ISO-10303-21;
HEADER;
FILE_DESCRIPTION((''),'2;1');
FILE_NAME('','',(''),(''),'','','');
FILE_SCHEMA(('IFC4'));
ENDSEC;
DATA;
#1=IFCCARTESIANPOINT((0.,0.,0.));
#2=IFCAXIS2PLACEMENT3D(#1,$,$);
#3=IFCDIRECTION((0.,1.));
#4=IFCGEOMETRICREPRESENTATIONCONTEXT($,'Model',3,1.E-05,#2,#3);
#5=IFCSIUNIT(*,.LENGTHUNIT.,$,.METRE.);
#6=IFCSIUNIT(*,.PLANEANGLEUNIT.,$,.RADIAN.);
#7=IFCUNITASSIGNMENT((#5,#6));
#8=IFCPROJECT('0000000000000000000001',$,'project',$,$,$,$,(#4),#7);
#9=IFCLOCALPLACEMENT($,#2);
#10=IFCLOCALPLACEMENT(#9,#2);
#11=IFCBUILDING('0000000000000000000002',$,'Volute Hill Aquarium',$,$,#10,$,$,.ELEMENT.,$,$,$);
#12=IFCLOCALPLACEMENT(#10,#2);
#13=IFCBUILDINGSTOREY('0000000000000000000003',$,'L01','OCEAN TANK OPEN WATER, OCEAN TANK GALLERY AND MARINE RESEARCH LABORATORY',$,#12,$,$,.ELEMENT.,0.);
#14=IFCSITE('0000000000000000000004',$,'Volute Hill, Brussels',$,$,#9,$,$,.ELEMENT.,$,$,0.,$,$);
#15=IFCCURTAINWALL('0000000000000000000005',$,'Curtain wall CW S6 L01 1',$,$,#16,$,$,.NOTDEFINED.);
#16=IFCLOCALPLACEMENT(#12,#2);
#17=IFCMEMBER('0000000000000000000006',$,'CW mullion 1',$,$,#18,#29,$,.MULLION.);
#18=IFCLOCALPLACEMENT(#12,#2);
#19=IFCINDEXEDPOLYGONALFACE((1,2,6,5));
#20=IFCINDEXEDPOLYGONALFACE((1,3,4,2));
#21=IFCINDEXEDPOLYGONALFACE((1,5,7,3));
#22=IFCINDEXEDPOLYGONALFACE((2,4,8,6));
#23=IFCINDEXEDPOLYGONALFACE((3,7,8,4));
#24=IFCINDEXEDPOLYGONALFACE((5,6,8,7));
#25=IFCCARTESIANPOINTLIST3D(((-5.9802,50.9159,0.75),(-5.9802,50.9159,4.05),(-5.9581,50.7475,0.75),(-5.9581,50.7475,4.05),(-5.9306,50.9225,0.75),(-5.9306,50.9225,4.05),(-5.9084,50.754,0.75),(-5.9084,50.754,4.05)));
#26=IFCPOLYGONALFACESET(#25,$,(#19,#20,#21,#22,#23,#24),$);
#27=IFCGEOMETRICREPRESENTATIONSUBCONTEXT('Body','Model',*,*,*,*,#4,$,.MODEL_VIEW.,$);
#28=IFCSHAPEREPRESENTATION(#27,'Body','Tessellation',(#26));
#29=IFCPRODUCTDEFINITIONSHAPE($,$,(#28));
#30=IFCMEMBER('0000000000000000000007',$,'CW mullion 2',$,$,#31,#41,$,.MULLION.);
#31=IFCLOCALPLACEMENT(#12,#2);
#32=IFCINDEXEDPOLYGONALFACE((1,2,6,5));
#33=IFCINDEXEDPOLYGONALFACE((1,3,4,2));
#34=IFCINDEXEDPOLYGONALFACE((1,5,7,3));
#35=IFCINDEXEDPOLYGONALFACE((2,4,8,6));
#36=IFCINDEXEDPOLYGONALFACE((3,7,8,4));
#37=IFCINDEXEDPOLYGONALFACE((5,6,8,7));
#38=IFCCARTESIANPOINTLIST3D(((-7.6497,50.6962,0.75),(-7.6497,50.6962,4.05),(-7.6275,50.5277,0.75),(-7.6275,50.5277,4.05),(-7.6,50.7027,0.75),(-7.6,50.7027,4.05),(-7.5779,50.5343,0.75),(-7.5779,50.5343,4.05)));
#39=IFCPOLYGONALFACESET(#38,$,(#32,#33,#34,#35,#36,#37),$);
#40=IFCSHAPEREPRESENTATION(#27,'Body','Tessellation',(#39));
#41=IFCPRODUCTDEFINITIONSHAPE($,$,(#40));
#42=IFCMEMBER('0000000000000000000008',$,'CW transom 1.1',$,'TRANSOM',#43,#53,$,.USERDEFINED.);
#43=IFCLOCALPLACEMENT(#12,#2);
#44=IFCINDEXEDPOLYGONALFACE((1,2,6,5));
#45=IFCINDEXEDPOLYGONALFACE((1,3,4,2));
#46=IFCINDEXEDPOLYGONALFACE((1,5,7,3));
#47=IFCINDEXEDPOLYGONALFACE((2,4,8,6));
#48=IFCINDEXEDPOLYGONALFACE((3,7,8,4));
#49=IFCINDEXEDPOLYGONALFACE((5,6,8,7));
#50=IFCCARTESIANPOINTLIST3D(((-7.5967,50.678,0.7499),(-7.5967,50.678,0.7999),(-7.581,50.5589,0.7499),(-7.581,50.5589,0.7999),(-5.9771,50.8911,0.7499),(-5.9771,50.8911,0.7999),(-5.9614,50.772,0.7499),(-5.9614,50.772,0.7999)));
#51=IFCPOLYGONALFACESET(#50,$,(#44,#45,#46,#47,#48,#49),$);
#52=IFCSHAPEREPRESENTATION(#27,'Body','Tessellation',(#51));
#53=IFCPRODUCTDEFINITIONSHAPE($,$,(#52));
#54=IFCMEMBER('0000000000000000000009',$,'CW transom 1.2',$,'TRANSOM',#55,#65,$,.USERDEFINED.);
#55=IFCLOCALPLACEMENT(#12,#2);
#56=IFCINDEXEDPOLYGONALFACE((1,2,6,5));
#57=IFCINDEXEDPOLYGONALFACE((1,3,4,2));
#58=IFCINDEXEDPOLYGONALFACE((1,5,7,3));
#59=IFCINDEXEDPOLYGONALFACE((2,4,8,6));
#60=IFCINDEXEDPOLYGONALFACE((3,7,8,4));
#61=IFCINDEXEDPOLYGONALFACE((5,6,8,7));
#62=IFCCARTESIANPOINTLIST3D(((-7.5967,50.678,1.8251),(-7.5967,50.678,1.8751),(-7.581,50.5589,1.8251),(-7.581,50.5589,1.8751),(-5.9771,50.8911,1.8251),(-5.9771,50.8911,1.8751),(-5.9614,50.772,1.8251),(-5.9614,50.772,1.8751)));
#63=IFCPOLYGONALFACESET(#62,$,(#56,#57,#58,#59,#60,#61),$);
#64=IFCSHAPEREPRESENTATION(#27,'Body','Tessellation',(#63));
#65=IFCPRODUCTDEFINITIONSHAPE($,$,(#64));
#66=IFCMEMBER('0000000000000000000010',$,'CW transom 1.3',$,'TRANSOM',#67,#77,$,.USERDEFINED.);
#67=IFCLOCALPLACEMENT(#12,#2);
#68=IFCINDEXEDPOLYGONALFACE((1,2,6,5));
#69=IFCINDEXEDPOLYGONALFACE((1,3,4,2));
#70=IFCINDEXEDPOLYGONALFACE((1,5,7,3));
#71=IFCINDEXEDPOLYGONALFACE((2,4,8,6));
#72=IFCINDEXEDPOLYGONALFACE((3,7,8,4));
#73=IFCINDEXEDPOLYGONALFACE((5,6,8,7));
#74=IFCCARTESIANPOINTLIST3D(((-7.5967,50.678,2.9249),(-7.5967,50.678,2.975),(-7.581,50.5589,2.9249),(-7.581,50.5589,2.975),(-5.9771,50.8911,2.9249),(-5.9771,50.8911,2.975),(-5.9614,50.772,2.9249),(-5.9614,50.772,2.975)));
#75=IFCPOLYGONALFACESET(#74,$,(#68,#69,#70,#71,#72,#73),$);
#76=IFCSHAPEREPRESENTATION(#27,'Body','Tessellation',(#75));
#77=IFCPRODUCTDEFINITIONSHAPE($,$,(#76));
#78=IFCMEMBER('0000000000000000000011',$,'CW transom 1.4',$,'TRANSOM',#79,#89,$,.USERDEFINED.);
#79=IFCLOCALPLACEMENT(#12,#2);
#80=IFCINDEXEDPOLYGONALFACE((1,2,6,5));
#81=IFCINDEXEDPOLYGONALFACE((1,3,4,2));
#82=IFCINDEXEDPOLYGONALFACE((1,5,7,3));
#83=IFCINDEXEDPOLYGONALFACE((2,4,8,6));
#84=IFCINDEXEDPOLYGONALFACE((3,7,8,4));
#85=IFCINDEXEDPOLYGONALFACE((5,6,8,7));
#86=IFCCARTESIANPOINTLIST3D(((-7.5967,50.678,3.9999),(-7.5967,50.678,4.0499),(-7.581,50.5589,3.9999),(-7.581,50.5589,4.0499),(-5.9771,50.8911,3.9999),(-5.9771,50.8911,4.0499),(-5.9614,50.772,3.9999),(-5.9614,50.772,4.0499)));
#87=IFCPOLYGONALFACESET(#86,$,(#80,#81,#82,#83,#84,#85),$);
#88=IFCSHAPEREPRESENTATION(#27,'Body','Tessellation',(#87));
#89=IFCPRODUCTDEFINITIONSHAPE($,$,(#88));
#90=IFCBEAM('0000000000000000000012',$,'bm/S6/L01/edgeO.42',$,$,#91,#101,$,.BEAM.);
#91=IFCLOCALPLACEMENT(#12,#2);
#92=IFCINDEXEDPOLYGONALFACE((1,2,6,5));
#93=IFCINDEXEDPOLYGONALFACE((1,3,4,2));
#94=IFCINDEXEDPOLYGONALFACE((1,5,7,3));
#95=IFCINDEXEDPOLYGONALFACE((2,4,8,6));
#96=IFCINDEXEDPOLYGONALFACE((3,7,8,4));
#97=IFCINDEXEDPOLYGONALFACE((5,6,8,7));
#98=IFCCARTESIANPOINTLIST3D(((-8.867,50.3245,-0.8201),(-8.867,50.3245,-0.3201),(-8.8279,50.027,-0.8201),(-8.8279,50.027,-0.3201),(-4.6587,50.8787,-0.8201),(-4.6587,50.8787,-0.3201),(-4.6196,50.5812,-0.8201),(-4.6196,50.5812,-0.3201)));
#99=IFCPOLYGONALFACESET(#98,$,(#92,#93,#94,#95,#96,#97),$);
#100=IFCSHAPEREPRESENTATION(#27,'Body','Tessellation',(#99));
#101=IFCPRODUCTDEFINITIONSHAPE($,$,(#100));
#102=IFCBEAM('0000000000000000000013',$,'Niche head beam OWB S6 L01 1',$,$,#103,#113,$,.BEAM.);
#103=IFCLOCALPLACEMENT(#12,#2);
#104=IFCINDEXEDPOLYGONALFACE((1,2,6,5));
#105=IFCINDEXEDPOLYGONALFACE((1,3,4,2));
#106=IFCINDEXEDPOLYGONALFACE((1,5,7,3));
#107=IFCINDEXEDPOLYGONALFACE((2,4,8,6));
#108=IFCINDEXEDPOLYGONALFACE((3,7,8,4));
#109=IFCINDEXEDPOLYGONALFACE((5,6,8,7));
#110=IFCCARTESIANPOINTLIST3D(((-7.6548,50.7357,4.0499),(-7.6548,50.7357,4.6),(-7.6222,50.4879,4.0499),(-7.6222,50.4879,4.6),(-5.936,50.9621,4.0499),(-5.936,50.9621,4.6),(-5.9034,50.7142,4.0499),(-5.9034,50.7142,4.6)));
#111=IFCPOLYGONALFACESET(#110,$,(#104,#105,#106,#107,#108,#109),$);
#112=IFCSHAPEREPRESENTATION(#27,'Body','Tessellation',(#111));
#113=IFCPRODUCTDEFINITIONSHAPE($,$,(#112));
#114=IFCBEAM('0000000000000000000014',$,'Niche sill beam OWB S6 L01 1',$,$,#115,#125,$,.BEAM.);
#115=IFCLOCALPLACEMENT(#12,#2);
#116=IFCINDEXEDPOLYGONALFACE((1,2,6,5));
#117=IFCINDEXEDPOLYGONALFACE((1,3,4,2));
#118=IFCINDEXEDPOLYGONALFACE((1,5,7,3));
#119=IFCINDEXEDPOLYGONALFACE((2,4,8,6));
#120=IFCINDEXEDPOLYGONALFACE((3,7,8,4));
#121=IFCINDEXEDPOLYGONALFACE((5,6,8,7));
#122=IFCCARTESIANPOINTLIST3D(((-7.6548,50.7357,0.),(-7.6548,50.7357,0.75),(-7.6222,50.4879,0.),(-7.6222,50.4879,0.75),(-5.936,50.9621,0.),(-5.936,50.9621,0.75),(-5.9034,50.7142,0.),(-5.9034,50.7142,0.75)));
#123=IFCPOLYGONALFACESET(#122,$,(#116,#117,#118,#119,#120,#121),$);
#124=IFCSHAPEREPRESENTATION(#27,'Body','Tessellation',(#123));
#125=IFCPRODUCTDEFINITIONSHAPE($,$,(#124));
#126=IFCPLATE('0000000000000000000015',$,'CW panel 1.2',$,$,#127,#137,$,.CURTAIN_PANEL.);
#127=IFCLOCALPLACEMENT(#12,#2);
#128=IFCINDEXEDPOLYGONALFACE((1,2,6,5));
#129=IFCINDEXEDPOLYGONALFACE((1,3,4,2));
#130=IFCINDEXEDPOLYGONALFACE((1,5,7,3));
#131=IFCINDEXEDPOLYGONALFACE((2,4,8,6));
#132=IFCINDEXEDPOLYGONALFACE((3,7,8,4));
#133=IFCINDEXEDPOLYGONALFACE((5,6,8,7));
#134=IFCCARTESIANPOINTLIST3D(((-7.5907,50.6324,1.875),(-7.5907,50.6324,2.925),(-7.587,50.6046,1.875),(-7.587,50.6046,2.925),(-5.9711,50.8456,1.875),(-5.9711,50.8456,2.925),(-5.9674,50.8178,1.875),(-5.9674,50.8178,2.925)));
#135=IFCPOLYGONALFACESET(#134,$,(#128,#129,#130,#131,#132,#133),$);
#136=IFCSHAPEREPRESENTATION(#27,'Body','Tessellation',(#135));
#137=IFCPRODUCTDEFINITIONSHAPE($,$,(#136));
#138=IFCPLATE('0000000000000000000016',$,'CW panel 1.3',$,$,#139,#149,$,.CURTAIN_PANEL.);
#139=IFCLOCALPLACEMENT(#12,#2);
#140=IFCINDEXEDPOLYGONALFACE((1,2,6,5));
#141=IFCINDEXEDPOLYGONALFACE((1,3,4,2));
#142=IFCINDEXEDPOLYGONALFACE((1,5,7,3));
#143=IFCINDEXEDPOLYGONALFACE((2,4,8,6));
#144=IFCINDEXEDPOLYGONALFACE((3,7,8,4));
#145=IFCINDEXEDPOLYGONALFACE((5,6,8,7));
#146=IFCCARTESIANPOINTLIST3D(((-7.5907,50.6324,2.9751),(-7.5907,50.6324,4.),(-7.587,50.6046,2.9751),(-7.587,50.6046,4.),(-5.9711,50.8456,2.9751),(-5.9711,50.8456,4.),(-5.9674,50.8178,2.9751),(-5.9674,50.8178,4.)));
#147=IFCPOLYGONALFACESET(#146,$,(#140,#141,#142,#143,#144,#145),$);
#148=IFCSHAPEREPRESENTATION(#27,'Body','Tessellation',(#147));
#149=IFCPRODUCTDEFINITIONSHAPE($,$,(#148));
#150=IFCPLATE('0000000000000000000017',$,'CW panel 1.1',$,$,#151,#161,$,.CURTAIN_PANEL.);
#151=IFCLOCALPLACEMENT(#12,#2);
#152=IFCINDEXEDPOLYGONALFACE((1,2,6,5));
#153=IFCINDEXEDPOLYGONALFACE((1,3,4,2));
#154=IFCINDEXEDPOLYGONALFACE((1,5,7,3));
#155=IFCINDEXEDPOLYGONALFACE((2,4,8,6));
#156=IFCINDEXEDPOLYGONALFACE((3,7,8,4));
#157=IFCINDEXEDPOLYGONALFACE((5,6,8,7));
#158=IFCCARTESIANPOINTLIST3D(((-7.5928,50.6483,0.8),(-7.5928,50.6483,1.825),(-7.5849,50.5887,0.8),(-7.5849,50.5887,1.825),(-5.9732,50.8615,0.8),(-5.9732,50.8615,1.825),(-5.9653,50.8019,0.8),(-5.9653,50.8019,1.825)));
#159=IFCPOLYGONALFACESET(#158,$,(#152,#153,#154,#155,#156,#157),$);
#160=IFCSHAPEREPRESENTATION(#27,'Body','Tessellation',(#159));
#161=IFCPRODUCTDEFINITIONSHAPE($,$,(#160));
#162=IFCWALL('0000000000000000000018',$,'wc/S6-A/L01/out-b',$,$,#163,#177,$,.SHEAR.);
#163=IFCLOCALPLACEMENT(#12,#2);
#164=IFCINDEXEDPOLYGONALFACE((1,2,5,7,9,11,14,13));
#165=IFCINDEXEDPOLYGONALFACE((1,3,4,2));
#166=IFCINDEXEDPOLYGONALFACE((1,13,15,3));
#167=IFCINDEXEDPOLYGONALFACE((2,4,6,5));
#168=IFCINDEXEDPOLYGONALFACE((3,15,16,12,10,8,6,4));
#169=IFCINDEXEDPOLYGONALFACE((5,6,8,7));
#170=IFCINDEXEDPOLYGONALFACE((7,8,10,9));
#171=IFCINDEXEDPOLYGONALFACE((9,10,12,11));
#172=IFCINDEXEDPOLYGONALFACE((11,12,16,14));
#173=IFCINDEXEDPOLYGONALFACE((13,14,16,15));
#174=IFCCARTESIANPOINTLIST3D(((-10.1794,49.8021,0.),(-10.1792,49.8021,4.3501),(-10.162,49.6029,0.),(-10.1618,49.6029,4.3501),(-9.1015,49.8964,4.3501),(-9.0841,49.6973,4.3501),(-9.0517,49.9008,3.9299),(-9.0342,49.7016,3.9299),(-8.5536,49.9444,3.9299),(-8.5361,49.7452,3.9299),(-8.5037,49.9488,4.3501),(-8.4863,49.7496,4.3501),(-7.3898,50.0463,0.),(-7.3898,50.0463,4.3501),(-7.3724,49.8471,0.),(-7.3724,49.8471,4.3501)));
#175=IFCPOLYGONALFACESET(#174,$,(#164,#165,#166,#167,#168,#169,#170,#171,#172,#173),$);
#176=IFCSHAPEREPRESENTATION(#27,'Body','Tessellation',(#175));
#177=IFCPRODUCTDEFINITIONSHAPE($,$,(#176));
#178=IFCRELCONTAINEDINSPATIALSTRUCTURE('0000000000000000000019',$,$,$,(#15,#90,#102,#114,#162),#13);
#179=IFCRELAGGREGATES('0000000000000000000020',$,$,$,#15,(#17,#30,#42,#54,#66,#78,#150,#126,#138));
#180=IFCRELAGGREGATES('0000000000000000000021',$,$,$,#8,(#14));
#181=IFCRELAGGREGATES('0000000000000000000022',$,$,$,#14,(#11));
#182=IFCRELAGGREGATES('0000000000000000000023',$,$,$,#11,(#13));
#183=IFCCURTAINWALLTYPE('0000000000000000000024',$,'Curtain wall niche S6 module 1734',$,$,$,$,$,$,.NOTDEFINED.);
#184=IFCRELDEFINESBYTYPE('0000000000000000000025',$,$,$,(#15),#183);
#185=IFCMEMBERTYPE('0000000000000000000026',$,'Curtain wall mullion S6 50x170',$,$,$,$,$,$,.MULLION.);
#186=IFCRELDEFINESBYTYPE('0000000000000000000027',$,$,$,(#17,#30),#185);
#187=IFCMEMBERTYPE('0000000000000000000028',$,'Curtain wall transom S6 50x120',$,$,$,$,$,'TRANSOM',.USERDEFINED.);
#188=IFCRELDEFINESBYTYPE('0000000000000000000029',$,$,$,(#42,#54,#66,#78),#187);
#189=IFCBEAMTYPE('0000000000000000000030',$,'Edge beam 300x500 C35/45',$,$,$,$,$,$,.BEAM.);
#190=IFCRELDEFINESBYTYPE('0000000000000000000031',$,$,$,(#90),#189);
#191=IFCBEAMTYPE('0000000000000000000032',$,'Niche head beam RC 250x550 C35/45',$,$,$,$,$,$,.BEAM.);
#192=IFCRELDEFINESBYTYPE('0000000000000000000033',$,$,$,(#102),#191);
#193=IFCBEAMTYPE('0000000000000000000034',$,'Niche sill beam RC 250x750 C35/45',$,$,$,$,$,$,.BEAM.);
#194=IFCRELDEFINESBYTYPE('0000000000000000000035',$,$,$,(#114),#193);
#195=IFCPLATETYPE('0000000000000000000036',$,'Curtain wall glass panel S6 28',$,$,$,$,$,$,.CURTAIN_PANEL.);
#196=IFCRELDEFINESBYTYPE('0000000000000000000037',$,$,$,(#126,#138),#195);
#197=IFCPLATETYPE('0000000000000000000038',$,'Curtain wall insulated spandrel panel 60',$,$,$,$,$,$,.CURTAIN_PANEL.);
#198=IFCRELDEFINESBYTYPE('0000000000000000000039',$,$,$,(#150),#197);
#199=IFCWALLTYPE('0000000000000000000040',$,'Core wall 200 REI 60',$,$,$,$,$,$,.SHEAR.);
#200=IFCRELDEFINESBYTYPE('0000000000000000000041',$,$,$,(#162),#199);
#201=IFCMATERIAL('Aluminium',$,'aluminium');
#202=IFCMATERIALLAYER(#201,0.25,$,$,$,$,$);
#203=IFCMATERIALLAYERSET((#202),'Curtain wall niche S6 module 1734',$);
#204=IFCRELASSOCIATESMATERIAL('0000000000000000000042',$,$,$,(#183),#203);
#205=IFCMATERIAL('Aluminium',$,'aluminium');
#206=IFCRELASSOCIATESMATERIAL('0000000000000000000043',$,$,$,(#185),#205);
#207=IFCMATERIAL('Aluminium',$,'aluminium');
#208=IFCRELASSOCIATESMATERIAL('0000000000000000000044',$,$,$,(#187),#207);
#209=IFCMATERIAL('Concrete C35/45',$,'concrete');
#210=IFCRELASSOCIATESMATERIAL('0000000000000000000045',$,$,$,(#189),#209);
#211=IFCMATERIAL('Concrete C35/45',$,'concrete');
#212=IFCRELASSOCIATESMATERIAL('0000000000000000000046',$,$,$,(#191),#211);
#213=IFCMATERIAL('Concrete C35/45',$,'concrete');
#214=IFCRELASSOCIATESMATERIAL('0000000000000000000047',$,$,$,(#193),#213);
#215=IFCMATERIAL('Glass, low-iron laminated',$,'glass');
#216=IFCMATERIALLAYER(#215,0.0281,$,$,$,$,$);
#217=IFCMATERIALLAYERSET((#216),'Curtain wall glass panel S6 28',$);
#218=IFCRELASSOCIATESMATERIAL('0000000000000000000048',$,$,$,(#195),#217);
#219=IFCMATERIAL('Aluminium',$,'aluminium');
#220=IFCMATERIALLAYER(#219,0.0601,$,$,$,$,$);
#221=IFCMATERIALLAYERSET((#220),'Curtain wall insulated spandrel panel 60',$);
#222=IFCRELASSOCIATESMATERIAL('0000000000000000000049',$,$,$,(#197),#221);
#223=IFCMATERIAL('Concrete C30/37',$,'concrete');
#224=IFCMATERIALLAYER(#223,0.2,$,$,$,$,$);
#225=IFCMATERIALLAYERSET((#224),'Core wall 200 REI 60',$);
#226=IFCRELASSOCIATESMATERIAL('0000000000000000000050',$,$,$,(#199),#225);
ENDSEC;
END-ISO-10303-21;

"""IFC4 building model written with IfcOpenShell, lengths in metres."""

from ifc_helpers import new_model, si_unit, direction, frame, origin, origin_2d, place, context, subcontext, project, spatial, polyline, rectangle, outline, extrude, material, layer, layer_set, material_profile, profile_set, type_object, element, aggregate, save


model = new_model("IFC4")

# Units and contexts
model_context = context("Model", 3, precision=1e-05, world=origin(), true_north=direction((0.0, 1.0)))
body_context = subcontext(model_context, "Body", "Model", "MODEL_VIEW")
ifc_project = project(units=[si_unit("LENGTHUNIT", "METRE"), si_unit("PLANEANGLEUNIT", "RADIAN")], contexts=[model_context])

# Site, building, storey
site_placement = place(None, origin())
site = spatial("IfcSite", under=ifc_project, at=site_placement, Name="Volute Hill, Brussels", CompositionType="ELEMENT", RefElevation=0.0)
building_placement = place(site_placement, origin())
building = spatial("IfcBuilding", under=site, at=building_placement, Name="Volute Hill Aquarium", CompositionType="ELEMENT")
storey_placement = place(building_placement, origin())
storey = spatial("IfcBuildingStorey", under=building, at=storey_placement, Name="L01", Description="OCEAN TANK OPEN WATER, OCEAN TANK GALLERY AND MARINE RESEARCH LABORATORY", CompositionType="ELEMENT", Elevation=0.0)

# Curtain wall, members
ifc_material_1 = material(Name="Aluminium", Category="aluminium")
ifc_layer_1 = layer(ifc_material_1, 0.25)
ifc_layer_set_1 = layer_set([ifc_layer_1], Name="Curtain wall niche S6 module 1734")
curtain_wall_type = type_object("IfcCurtainWallType", Name="Curtain wall niche S6 module 1734", PredefinedType="NOTDEFINED", material=ifc_layer_set_1)
curtain_wall_placement = place(storey_placement, origin())
curtain_wall = element("IfcCurtainWall", 1, at=curtain_wall_placement, inside=storey, type_object=curtain_wall_type, Name="Curtain wall CW S6 L01 1", PredefinedType="NOTDEFINED")
ifc_material_2 = material(Name="Aluminium", Category="aluminium")
ifc_material_profile_1 = material_profile(ifc_material_2, rectangle(XDim=0.1699, YDim=0.05, at=origin_2d()), Name="Curtain wall mullion S6 50x170")
ifc_profile_set_1 = profile_set([ifc_material_profile_1], Name="Aluminium")
member_type_1 = type_object("IfcMemberType", Name="Curtain wall mullion S6 50x170", PredefinedType="MULLION", material=ifc_profile_set_1)
member_1_placement = place(storey_placement, frame((-5.9443, 50.835, 0.75), z_axis=(0.0, 0.0, 1.0), x_axis=(0.130524, -0.991445, 0.0)))
member_1 = element("IfcMember", 2, at=member_1_placement, type_object=member_type_1, Name="CW mullion 1", PredefinedType="MULLION", context=body_context, shape_type="SweptSolid", body=[
    extrude(rectangle(XDim=0.1699, YDim=0.05, at=origin_2d()), origin(), (0.0, 0.0, 1.0), 3.3),
])
member_2_placement = place(storey_placement, frame((-7.6138, 50.6152, 0.75), z_axis=(0.0, 0.0, 1.0), x_axis=(0.130524, -0.991445, 0.0)))
member_2 = element("IfcMember", 3, at=member_2_placement, type_object=member_type_1, Name="CW mullion 2", PredefinedType="MULLION", context=body_context, shape_type="SweptSolid", body=[
    extrude(rectangle(XDim=0.1699, YDim=0.05, at=origin_2d()), origin(), (0.0, 0.0, 1.0), 3.3),
])
ifc_material_3 = material(Name="Aluminium", Category="aluminium")
ifc_material_profile_2 = material_profile(ifc_material_3, rectangle(XDim=0.1201, YDim=0.05, at=origin_2d()), Name="Curtain wall transom S6 50x120")
ifc_profile_set_2 = profile_set([ifc_material_profile_2], Name="Aluminium")
member_type_2 = type_object("IfcMemberType", Name="Curtain wall transom S6 50x120", ElementType="TRANSOM", PredefinedType="USERDEFINED", material=ifc_profile_set_2)
member_3_placement = place(storey_placement, frame((-5.9692, 50.8315, 0.7749), z_axis=(-0.991452, -0.13047, 0.0), x_axis=(0.13047, -0.991452, 0.0)))
member_3 = element("IfcMember", 4, at=member_3_placement, type_object=member_type_2, Name="CW transom 1.1", ObjectType="TRANSOM", PredefinedType="USERDEFINED", context=body_context, shape_type="SweptSolid", body=[
    extrude(rectangle(XDim=0.1201, YDim=0.05, at=origin_2d()), origin(), (0.0, 0.0, 1.0), 1.6335),
])
member_4_placement = place(storey_placement, frame((-5.9692, 50.8315, 1.8501), z_axis=(-0.991452, -0.13047, 0.0), x_axis=(0.13047, -0.991452, 0.0)))
member_4 = element("IfcMember", 5, at=member_4_placement, type_object=member_type_2, Name="CW transom 1.2", ObjectType="TRANSOM", PredefinedType="USERDEFINED", context=body_context, shape_type="SweptSolid", body=[
    extrude(rectangle(XDim=0.1201, YDim=0.05, at=origin_2d()), origin(), (0.0, 0.0, 1.0), 1.6335),
])
member_5_placement = place(storey_placement, frame((-5.9692, 50.8315, 2.95), z_axis=(-0.991452, -0.13047, 0.0), x_axis=(0.13047, -0.991452, 0.0)))
member_5 = element("IfcMember", 6, at=member_5_placement, type_object=member_type_2, Name="CW transom 1.3", ObjectType="TRANSOM", PredefinedType="USERDEFINED", context=body_context, shape_type="SweptSolid", body=[
    extrude(rectangle(XDim=0.1201, YDim=0.05, at=origin_2d()), origin(), (0.0, 0.0, 1.0), 1.6335),
])
member_6_placement = place(storey_placement, frame((-5.9692, 50.8315, 4.0249), z_axis=(-0.991452, -0.13047, 0.0), x_axis=(0.13047, -0.991452, 0.0)))
member_6 = element("IfcMember", 7, at=member_6_placement, type_object=member_type_2, Name="CW transom 1.4", ObjectType="TRANSOM", PredefinedType="USERDEFINED", context=body_context, shape_type="SweptSolid", body=[
    extrude(rectangle(XDim=0.1201, YDim=0.05, at=origin_2d()), origin(), (0.0, 0.0, 1.0), 1.6335),
])

# Beams
ifc_material_4 = material(Name="Concrete C35/45", Category="concrete")
ifc_material_profile_3 = material_profile(ifc_material_4, rectangle(XDim=0.3, YDim=0.5, at=origin_2d()), Name="RC edge beam 300x500")
ifc_profile_set_3 = profile_set([ifc_material_profile_3], Name="Concrete C35/45")
beam_type_1 = type_object("IfcBeamType", Name="Edge beam 300x500 C35/45", PredefinedType="BEAM", material=ifc_profile_set_3)
beam_1_placement = place(storey_placement, frame((-4.6392, 50.73, -0.5701), z_axis=(-0.99144, -0.130566, 0.0), x_axis=(0.130566, -0.99144, 0.0)))
element("IfcBeam", 8, at=beam_1_placement, inside=storey, type_object=beam_type_1, Name="bm/S6/L01/edgeO.42", PredefinedType="BEAM", context=body_context, shape_type="SweptSolid", body=[
    extrude(rectangle(XDim=0.3, YDim=0.5, at=origin_2d()), origin(), (0.0, 0.0, 1.0), 4.2446),
])
ifc_material_5 = material(Name="Concrete C35/45", Category="concrete")
ifc_material_profile_4 = material_profile(ifc_material_5, rectangle(XDim=0.25, YDim=0.55, at=origin_2d()), Name="RC beam 250x550")
ifc_profile_set_4 = profile_set([ifc_material_profile_4], Name="Concrete C35/45")
beam_type_2 = type_object("IfcBeamType", Name="Niche head beam RC 250x550 C35/45", PredefinedType="BEAM", material=ifc_profile_set_4)
beam_2_placement = place(storey_placement, frame((-5.9197, 50.8381, 4.325), z_axis=(-0.991442, -0.130549, 0.0), x_axis=(0.130549, -0.991442, 0.0)))
element("IfcBeam", 9, at=beam_2_placement, inside=storey, type_object=beam_type_2, Name="Niche head beam OWB S6 L01 1", PredefinedType="BEAM", context=body_context, shape_type="SweptSolid", body=[
    extrude(rectangle(XDim=0.25, YDim=0.55, at=origin_2d()), origin(), (0.0, 0.0, 1.0), 1.7336),
])
ifc_material_6 = material(Name="Concrete C35/45", Category="concrete")
ifc_material_profile_5 = material_profile(ifc_material_6, rectangle(XDim=0.25, YDim=0.75, at=origin_2d()), Name="RC beam 250x750")
ifc_profile_set_5 = profile_set([ifc_material_profile_5], Name="Concrete C35/45")
beam_type_3 = type_object("IfcBeamType", Name="Niche sill beam RC 250x750 C35/45", PredefinedType="BEAM", material=ifc_profile_set_5)
beam_3_placement = place(storey_placement, frame((-5.9197, 50.8381, 0.375), z_axis=(-0.991442, -0.130549, 0.0), x_axis=(0.130549, -0.991442, 0.0)))
element("IfcBeam", 10, at=beam_3_placement, inside=storey, type_object=beam_type_3, Name="Niche sill beam OWB S6 L01 1", PredefinedType="BEAM", context=body_context, shape_type="SweptSolid", body=[
    extrude(rectangle(XDim=0.25, YDim=0.75, at=origin_2d()), origin(), (0.0, 0.0, 1.0), 1.7336),
])

# Plates
ifc_material_7 = material(Name="Glass, low-iron laminated", Category="glass")
ifc_layer_2 = layer(ifc_material_7, 0.0281)
ifc_layer_set_2 = layer_set([ifc_layer_2], Name="Curtain wall glass panel S6 28")
plate_type_1 = type_object("IfcPlateType", Name="Curtain wall glass panel S6 28", PredefinedType="CURTAIN_PANEL", material=ifc_layer_set_2)
plate_1_placement = place(storey_placement, frame((-6.7791, 50.7251, 1.875), z_axis=(0.0, 0.0, 1.0), x_axis=(-0.991445, -0.130524, 0.0)))
plate_1 = element("IfcPlate", 11, at=plate_1_placement, type_object=plate_type_1, Name="CW panel 1.2", PredefinedType="CURTAIN_PANEL", context=body_context, shape_type="SweptSolid", body=[
    extrude(rectangle(XDim=1.6335, YDim=0.0281, at=origin_2d()), origin(), (0.0, 0.0, 1.0), 1.05),
])
plate_2_placement = place(storey_placement, frame((-6.7791, 50.7251, 2.9751), z_axis=(0.0, 0.0, 1.0), x_axis=(-0.991445, -0.130524, 0.0)))
plate_2 = element("IfcPlate", 12, at=plate_2_placement, type_object=plate_type_1, Name="CW panel 1.3", PredefinedType="CURTAIN_PANEL", context=body_context, shape_type="SweptSolid", body=[
    extrude(rectangle(XDim=1.6335, YDim=0.0281, at=origin_2d()), origin(), (0.0, 0.0, 1.0), 1.0249),
])
ifc_material_8 = material(Name="Aluminium", Category="aluminium")
ifc_layer_3 = layer(ifc_material_8, 0.0601)
ifc_layer_set_3 = layer_set([ifc_layer_3], Name="Curtain wall insulated spandrel panel 60")
plate_type_2 = type_object("IfcPlateType", Name="Curtain wall insulated spandrel panel 60", PredefinedType="CURTAIN_PANEL", material=ifc_layer_set_3)
plate_3_placement = place(storey_placement, frame((-6.7791, 50.7251, 0.8), z_axis=(0.0, 0.0, 1.0), x_axis=(-0.991445, -0.130524, 0.0)))
plate_3 = element("IfcPlate", 13, at=plate_3_placement, type_object=plate_type_2, Name="CW panel 1.1", PredefinedType="CURTAIN_PANEL", context=body_context, shape_type="SweptSolid", body=[
    extrude(rectangle(XDim=1.6335, YDim=0.0601, at=origin_2d()), origin(), (0.0, 0.0, 1.0), 1.0249),
])
aggregate(curtain_wall, [member_1, member_2, member_3, member_4, member_5, member_6, plate_3, plate_1, plate_2])

# Wall
ifc_material_9 = material(Name="Concrete C30/37", Category="concrete")
ifc_layer_4 = layer(ifc_material_9, 0.2)
ifc_layer_set_4 = layer_set([ifc_layer_4], Name="Core wall 200 REI 60")
wall_type_1 = type_object("IfcWallType", Name="Core wall 200 REI 60", PredefinedType="SHEAR", material=ifc_layer_set_4)
wall_1_placement = place(storey_placement, frame((-7.3811, 49.9468, 0.0), z_axis=(0.0, 0.0, 1.0), x_axis=(-0.996192, -0.087186, 0.0)))
element("IfcWall", 14, at=wall_1_placement, inside=storey, type_object=wall_type_1, Name="wc/S6-A/L01/out-b", PredefinedType="SHEAR", context=body_context, shape_type="SweptSolid", body=[
    extrude(outline(polyline([(0.0, 0.0), (2.8003, 0.0), (2.8, 4.3501), (1.7183, 4.3501), (1.6682, 3.9299), (1.1682, 3.9299), (1.1182, 4.3501), (0.0, 4.3501), (0.0, 0.0)])), frame((0.0, 0.1001, 0.0), z_axis=(0.0, -1.0, 0.0), x_axis=(1.0, 0.0, 0.0)), (0.0, 0.0, 1.0), 0.2),
])

save(model, "model.ifc")
